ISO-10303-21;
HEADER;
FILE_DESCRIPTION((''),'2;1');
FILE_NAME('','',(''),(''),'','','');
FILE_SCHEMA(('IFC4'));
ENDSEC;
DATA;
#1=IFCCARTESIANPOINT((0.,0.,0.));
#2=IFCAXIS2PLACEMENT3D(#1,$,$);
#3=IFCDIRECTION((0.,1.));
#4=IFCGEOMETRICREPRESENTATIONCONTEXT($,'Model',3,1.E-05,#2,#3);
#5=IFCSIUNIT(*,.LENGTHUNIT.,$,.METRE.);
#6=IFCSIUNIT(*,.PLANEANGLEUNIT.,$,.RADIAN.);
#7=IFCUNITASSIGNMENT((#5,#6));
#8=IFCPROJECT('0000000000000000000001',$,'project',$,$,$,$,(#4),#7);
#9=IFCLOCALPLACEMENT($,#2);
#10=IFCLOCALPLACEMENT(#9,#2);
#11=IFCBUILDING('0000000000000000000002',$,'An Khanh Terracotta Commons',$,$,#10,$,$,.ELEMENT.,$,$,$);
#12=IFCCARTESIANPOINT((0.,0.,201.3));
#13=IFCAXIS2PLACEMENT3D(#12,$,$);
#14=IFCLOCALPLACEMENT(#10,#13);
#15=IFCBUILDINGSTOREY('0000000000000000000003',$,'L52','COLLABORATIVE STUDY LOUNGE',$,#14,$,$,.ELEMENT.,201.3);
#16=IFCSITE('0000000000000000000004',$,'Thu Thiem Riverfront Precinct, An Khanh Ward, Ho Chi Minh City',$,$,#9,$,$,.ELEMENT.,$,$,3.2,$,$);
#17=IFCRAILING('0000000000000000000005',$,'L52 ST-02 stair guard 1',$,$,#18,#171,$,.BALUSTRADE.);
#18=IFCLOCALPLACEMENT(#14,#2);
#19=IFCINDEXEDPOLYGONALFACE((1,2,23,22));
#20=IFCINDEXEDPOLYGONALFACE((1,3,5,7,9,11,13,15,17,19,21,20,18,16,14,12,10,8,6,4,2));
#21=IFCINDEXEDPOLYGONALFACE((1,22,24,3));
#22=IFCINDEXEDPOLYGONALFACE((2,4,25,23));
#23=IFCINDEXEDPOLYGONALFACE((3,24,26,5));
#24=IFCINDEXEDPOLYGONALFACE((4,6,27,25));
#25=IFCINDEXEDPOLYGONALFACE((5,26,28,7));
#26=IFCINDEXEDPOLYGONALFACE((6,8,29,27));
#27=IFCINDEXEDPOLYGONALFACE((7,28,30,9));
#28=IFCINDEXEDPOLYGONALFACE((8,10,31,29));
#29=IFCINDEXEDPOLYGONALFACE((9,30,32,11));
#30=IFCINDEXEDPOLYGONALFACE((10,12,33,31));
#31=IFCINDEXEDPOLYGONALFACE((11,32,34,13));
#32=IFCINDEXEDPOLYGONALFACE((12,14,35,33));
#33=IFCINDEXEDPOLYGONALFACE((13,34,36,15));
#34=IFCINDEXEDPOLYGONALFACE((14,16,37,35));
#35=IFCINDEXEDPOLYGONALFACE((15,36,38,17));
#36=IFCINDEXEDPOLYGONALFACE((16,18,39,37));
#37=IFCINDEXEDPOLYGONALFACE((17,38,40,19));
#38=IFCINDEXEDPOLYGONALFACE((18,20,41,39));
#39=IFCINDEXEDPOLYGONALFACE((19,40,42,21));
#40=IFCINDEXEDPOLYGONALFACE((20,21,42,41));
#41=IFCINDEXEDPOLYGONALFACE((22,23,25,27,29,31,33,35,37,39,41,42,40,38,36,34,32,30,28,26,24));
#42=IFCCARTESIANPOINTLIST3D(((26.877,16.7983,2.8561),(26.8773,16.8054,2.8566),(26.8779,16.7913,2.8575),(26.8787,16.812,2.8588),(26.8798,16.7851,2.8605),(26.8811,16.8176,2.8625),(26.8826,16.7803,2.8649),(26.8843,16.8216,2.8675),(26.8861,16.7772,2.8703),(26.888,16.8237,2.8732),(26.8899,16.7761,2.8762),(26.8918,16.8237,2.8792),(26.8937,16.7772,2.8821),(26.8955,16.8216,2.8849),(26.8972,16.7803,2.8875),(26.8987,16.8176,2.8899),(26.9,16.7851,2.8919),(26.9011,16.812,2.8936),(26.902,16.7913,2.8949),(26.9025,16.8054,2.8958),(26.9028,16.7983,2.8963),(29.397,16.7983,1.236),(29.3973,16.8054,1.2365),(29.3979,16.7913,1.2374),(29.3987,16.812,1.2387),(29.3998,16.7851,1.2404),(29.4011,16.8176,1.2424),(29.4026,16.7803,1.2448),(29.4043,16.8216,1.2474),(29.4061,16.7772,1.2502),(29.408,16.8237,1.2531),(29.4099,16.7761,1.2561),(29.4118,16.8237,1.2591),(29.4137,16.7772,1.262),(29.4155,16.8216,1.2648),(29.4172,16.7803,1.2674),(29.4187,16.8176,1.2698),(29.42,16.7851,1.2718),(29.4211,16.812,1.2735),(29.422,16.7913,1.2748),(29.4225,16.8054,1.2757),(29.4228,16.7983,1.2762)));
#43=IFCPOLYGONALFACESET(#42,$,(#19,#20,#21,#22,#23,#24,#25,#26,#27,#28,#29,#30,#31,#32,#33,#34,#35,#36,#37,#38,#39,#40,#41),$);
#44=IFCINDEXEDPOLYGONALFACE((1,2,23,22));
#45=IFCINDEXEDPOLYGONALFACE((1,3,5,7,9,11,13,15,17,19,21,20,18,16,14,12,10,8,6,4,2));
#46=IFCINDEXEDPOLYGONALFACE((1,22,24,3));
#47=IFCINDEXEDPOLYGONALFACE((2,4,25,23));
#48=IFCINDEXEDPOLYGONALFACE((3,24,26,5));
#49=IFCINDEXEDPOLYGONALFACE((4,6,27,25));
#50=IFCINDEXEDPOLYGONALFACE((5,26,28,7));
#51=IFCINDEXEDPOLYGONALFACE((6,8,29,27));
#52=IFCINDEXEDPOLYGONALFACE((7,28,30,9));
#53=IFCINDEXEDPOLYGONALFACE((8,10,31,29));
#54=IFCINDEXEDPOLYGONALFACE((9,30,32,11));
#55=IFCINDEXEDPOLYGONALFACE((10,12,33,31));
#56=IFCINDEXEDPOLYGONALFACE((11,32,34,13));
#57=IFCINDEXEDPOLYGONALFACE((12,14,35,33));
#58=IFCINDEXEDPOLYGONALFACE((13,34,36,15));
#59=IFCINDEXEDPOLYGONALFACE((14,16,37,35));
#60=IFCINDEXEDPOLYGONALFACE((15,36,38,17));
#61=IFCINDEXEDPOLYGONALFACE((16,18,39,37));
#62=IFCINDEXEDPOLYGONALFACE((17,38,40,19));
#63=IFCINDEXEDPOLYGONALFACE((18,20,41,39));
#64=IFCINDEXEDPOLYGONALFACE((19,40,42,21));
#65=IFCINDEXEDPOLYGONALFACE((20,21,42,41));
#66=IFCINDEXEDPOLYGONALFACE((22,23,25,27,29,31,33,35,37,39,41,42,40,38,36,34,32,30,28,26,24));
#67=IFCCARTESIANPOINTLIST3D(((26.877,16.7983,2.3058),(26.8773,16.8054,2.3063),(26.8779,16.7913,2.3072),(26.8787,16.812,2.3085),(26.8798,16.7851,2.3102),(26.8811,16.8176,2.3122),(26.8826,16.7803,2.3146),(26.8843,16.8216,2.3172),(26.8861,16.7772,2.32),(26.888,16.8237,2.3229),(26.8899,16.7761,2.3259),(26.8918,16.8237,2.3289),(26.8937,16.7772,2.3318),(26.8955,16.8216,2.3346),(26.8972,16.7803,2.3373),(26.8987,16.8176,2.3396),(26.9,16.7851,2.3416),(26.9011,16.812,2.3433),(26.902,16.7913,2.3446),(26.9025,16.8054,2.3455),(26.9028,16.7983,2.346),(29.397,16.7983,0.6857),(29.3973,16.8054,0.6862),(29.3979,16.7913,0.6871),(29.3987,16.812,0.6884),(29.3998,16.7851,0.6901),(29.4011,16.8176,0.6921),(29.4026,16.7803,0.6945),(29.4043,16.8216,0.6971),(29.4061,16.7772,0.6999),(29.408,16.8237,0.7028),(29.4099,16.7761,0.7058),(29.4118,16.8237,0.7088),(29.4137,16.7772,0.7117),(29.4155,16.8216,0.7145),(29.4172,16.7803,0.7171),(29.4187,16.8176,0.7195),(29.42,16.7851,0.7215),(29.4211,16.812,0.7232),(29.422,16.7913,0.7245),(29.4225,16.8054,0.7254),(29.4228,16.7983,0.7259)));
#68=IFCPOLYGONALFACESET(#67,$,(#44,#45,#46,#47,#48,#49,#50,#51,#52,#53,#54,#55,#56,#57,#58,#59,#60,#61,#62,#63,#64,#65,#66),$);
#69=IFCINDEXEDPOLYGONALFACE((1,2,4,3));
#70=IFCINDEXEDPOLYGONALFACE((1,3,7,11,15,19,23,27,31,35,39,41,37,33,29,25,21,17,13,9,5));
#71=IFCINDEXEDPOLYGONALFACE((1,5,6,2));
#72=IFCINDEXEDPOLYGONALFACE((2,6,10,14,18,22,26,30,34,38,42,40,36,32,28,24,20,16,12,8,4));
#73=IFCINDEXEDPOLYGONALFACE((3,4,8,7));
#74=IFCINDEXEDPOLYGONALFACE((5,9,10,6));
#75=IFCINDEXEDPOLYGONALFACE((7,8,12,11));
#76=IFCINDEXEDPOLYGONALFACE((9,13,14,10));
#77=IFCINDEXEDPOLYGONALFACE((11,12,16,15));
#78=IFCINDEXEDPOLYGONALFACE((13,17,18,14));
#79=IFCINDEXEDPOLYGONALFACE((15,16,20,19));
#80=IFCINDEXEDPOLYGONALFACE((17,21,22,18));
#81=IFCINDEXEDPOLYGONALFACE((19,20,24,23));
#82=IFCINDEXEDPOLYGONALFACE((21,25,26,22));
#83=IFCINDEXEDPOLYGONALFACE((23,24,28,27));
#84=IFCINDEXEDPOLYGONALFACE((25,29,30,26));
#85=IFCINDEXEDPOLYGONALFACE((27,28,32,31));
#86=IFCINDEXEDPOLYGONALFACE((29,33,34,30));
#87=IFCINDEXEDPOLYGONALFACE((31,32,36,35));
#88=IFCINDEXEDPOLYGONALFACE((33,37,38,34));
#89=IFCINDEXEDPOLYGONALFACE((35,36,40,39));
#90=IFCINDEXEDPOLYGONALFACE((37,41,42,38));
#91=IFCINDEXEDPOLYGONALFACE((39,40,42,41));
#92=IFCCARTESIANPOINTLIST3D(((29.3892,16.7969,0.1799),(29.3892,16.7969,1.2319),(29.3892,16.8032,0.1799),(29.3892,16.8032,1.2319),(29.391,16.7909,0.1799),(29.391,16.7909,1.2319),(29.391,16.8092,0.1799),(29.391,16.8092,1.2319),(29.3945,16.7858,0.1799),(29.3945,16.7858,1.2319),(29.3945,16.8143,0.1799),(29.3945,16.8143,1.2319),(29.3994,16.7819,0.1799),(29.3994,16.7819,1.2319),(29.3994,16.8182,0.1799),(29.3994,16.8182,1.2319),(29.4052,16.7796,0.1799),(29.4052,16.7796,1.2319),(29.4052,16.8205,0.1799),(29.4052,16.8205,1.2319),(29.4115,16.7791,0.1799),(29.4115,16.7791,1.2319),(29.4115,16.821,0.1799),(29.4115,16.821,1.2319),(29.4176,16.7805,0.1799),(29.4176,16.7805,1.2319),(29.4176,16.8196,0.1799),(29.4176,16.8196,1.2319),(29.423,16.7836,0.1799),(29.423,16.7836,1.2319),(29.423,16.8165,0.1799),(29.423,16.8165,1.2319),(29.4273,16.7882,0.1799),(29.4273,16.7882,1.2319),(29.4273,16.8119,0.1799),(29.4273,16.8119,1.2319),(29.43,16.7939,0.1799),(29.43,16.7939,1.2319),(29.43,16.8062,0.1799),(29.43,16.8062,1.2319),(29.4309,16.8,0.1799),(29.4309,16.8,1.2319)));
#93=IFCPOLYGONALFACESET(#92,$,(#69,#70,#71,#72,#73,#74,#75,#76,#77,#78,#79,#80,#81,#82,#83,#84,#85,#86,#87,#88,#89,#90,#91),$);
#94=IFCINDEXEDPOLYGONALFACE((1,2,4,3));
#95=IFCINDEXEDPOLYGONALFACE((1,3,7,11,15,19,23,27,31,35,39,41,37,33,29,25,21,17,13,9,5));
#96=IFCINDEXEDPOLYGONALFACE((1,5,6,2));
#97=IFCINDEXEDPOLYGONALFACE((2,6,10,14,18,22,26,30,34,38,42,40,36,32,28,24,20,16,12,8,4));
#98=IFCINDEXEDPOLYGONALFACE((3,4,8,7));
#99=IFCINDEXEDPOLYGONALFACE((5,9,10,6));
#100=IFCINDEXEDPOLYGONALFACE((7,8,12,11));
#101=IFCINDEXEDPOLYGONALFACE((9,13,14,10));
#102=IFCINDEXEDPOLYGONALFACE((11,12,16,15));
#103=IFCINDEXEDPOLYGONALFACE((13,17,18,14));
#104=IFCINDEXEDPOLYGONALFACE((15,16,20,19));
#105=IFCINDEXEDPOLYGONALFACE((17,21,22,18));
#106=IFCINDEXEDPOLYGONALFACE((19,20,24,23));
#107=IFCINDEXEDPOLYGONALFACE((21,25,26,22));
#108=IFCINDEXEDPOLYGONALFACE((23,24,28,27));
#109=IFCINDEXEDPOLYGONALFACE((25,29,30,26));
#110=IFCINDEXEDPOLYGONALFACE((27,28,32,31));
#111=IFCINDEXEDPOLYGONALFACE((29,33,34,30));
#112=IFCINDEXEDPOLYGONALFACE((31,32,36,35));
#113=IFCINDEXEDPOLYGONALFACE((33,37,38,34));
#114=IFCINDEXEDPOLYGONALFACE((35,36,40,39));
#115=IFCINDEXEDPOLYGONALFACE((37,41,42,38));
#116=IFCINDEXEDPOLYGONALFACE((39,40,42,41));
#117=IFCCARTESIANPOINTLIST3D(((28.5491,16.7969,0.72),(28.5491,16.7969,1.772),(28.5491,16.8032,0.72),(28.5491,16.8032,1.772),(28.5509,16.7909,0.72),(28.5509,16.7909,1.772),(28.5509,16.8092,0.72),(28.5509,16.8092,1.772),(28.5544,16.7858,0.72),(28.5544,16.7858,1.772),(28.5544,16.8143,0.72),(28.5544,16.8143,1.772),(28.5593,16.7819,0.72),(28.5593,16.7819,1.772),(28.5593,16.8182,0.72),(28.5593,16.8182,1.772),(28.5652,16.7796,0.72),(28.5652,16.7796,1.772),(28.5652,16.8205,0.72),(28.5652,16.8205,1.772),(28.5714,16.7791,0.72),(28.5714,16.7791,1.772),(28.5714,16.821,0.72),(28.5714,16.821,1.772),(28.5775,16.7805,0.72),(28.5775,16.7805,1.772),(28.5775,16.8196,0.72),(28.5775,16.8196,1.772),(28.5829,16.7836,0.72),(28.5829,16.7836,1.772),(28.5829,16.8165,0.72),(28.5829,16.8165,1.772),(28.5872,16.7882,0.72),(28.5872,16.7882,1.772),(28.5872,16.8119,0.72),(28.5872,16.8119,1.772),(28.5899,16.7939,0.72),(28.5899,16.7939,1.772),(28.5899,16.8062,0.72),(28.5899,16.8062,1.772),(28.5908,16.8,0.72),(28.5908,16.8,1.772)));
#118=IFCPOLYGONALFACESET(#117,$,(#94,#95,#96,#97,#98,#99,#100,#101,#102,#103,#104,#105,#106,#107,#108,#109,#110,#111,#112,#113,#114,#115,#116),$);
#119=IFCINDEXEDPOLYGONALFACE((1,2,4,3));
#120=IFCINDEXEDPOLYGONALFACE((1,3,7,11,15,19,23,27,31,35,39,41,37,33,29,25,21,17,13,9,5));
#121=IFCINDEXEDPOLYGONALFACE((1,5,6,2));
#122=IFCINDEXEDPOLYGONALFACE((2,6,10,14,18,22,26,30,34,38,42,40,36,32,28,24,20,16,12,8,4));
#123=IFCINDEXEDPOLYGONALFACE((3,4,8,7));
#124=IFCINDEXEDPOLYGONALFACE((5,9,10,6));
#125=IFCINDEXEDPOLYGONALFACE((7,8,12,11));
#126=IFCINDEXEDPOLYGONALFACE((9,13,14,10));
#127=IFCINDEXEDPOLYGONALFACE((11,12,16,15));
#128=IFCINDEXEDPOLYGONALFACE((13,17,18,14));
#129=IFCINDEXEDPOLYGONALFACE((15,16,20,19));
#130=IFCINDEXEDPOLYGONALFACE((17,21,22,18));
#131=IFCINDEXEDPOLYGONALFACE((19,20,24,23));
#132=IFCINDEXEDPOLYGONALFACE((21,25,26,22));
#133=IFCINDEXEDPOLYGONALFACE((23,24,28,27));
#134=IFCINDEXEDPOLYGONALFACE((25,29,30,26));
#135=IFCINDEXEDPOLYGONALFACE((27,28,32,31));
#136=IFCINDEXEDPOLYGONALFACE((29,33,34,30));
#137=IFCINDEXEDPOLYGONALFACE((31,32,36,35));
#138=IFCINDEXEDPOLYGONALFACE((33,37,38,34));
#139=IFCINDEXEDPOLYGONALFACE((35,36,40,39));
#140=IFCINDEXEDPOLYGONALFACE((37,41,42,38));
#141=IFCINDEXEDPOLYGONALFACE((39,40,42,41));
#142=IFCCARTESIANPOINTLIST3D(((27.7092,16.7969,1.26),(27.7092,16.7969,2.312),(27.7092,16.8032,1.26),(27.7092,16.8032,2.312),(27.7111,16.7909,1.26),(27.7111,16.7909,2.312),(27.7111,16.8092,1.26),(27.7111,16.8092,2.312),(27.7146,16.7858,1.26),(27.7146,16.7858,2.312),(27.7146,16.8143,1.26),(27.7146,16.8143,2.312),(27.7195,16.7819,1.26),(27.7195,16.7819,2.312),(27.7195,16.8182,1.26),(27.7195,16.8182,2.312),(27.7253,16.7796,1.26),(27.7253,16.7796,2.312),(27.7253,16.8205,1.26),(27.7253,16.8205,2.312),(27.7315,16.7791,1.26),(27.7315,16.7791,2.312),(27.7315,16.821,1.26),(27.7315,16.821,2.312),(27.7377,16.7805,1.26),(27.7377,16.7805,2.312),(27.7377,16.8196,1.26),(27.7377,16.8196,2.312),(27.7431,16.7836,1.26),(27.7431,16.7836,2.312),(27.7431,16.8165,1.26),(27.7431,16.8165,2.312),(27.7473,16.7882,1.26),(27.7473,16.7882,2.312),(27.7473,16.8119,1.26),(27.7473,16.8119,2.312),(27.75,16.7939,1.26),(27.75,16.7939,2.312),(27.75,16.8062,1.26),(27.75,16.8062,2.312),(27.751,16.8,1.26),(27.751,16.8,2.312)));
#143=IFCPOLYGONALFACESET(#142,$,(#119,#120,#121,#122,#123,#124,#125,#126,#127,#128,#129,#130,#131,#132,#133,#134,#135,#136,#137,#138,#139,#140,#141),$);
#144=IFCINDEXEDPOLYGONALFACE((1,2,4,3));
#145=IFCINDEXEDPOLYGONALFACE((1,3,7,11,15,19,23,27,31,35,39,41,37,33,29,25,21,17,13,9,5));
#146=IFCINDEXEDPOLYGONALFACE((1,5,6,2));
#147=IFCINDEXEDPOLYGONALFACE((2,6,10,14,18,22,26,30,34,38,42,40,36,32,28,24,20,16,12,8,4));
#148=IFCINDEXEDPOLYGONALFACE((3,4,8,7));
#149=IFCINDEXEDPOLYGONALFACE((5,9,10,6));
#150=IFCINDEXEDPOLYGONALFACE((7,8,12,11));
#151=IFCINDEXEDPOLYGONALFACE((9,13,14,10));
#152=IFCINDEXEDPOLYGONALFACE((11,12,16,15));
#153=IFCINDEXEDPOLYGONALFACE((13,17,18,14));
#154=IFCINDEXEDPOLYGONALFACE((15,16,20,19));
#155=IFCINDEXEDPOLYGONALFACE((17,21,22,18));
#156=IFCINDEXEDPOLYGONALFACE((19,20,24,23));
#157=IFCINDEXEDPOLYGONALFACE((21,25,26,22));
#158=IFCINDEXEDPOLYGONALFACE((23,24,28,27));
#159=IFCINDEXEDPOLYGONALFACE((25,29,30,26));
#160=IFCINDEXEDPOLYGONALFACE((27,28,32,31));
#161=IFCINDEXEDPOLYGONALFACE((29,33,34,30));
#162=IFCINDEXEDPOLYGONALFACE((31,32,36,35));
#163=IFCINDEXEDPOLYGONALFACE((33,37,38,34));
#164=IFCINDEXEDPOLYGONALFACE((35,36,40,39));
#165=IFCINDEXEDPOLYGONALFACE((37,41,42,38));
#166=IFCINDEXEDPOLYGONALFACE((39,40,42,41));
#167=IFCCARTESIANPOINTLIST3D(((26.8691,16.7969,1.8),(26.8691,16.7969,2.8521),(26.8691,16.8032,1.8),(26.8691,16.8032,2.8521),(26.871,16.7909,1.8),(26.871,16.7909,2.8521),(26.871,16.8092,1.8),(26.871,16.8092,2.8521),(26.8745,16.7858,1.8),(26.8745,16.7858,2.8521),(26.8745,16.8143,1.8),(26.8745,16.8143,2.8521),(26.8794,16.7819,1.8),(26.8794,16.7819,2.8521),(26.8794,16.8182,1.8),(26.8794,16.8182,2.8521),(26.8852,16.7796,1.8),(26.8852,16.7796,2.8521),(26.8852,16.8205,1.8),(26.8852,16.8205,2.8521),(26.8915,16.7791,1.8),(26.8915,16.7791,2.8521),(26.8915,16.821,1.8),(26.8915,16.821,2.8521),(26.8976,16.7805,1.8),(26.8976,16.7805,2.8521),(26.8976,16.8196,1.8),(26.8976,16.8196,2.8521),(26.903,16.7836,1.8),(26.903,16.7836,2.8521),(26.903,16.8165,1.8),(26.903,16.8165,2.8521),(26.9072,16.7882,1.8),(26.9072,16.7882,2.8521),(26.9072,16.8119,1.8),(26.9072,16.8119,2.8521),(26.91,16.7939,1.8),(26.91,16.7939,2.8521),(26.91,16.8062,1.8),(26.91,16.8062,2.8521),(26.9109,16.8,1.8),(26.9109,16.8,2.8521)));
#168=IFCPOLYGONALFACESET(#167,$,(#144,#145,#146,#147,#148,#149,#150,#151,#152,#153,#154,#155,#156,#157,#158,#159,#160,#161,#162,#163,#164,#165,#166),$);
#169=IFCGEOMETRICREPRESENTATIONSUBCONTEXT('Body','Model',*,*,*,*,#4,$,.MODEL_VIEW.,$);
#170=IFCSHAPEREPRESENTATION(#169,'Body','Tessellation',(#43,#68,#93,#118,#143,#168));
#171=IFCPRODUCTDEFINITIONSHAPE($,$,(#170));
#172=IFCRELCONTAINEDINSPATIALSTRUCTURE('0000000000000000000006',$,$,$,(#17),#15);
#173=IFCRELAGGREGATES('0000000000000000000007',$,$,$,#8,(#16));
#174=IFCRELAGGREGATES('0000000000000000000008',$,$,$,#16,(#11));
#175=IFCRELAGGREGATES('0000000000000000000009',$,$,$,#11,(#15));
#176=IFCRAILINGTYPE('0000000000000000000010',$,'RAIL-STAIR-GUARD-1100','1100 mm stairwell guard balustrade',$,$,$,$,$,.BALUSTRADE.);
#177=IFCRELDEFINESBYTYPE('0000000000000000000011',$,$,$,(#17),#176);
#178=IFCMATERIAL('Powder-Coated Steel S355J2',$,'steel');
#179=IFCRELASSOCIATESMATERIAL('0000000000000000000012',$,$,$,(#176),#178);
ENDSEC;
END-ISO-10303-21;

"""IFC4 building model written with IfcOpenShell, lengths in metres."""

from ifc_helpers import new_model, si_unit, direction, frame, origin, origin_2d, place, context, subcontext, project, spatial, circle, extrude, material, type_object, element, save


model = new_model("IFC4")

# Units and contexts
model_context = context("Model", 3, precision=1e-05, world=origin(), true_north=direction((0.0, 1.0)))
body_context = subcontext(model_context, "Body", "Model", "MODEL_VIEW")
ifc_project = project(units=[si_unit("LENGTHUNIT", "METRE"), si_unit("PLANEANGLEUNIT", "RADIAN")], contexts=[model_context])

# Site, building, storey
site_placement = place(None, origin())
site = spatial("IfcSite", under=ifc_project, at=site_placement, Name="Thu Thiem Riverfront Precinct, An Khanh Ward, Ho Chi Minh City", CompositionType="ELEMENT", RefElevation=3.2)
building_placement = place(site_placement, origin())
building = spatial("IfcBuilding", under=site, at=building_placement, Name="An Khanh Terracotta Commons", CompositionType="ELEMENT")
storey_placement = place(building_placement, frame((0.0, 0.0, 201.3)))
storey = spatial("IfcBuildingStorey", under=building, at=storey_placement, Name="L52", Description="COLLABORATIVE STUDY LOUNGE", CompositionType="ELEMENT", Elevation=201.3)

# Railing
ifc_material_1 = material(Name="Powder-Coated Steel S355J2", Category="steel")
railing_type_1 = type_object("IfcRailingType", Name="RAIL-STAIR-GUARD-1100", Description="1100 mm stairwell guard balustrade", PredefinedType="BALUSTRADE", material=ifc_material_1)
railing_1_placement = place(storey_placement, frame((29.4099, 16.8, 0.1799)))
element("IfcRailing", 1, at=railing_1_placement, inside=storey, type_object=railing_type_1, Name="L52 ST-02 stair guard 1", PredefinedType="BALUSTRADE", context=body_context, shape_type="SweptSolid", body=[
    extrude(circle(Radius=0.0239, at=origin_2d()), frame((0.0, 0.0, 1.0762), z_axis=(-0.841163, 0.0, 0.540782), x_axis=(0.0, -1.0, 0.0)), (0.0, 0.0, 1.0), 2.9958),
    extrude(circle(Radius=0.0239, at=origin_2d()), frame((0.0, 0.0, 0.5259), z_axis=(-0.841163, 0.0, 0.540782), x_axis=(0.0, -1.0, 0.0)), (0.0, 0.0, 1.0), 2.9958),
    extrude(circle(Radius=0.021, at=origin_2d()), origin(), (0.0, 0.0, 1.0), 1.052),
    extrude(circle(Radius=0.021, at=origin_2d()), frame((-0.8401, 0.0, 0.54)), (0.0, 0.0, 1.0), 1.052),
    extrude(circle(Radius=0.021, at=origin_2d()), frame((-1.6799, 0.0, 1.0801)), (0.0, 0.0, 1.0), 1.052),
    extrude(circle(Radius=0.021, at=origin_2d()), frame((-2.52, 0.0, 1.6201)), (0.0, 0.0, 1.0), 1.052),
])

save(model, "model.ifc")
